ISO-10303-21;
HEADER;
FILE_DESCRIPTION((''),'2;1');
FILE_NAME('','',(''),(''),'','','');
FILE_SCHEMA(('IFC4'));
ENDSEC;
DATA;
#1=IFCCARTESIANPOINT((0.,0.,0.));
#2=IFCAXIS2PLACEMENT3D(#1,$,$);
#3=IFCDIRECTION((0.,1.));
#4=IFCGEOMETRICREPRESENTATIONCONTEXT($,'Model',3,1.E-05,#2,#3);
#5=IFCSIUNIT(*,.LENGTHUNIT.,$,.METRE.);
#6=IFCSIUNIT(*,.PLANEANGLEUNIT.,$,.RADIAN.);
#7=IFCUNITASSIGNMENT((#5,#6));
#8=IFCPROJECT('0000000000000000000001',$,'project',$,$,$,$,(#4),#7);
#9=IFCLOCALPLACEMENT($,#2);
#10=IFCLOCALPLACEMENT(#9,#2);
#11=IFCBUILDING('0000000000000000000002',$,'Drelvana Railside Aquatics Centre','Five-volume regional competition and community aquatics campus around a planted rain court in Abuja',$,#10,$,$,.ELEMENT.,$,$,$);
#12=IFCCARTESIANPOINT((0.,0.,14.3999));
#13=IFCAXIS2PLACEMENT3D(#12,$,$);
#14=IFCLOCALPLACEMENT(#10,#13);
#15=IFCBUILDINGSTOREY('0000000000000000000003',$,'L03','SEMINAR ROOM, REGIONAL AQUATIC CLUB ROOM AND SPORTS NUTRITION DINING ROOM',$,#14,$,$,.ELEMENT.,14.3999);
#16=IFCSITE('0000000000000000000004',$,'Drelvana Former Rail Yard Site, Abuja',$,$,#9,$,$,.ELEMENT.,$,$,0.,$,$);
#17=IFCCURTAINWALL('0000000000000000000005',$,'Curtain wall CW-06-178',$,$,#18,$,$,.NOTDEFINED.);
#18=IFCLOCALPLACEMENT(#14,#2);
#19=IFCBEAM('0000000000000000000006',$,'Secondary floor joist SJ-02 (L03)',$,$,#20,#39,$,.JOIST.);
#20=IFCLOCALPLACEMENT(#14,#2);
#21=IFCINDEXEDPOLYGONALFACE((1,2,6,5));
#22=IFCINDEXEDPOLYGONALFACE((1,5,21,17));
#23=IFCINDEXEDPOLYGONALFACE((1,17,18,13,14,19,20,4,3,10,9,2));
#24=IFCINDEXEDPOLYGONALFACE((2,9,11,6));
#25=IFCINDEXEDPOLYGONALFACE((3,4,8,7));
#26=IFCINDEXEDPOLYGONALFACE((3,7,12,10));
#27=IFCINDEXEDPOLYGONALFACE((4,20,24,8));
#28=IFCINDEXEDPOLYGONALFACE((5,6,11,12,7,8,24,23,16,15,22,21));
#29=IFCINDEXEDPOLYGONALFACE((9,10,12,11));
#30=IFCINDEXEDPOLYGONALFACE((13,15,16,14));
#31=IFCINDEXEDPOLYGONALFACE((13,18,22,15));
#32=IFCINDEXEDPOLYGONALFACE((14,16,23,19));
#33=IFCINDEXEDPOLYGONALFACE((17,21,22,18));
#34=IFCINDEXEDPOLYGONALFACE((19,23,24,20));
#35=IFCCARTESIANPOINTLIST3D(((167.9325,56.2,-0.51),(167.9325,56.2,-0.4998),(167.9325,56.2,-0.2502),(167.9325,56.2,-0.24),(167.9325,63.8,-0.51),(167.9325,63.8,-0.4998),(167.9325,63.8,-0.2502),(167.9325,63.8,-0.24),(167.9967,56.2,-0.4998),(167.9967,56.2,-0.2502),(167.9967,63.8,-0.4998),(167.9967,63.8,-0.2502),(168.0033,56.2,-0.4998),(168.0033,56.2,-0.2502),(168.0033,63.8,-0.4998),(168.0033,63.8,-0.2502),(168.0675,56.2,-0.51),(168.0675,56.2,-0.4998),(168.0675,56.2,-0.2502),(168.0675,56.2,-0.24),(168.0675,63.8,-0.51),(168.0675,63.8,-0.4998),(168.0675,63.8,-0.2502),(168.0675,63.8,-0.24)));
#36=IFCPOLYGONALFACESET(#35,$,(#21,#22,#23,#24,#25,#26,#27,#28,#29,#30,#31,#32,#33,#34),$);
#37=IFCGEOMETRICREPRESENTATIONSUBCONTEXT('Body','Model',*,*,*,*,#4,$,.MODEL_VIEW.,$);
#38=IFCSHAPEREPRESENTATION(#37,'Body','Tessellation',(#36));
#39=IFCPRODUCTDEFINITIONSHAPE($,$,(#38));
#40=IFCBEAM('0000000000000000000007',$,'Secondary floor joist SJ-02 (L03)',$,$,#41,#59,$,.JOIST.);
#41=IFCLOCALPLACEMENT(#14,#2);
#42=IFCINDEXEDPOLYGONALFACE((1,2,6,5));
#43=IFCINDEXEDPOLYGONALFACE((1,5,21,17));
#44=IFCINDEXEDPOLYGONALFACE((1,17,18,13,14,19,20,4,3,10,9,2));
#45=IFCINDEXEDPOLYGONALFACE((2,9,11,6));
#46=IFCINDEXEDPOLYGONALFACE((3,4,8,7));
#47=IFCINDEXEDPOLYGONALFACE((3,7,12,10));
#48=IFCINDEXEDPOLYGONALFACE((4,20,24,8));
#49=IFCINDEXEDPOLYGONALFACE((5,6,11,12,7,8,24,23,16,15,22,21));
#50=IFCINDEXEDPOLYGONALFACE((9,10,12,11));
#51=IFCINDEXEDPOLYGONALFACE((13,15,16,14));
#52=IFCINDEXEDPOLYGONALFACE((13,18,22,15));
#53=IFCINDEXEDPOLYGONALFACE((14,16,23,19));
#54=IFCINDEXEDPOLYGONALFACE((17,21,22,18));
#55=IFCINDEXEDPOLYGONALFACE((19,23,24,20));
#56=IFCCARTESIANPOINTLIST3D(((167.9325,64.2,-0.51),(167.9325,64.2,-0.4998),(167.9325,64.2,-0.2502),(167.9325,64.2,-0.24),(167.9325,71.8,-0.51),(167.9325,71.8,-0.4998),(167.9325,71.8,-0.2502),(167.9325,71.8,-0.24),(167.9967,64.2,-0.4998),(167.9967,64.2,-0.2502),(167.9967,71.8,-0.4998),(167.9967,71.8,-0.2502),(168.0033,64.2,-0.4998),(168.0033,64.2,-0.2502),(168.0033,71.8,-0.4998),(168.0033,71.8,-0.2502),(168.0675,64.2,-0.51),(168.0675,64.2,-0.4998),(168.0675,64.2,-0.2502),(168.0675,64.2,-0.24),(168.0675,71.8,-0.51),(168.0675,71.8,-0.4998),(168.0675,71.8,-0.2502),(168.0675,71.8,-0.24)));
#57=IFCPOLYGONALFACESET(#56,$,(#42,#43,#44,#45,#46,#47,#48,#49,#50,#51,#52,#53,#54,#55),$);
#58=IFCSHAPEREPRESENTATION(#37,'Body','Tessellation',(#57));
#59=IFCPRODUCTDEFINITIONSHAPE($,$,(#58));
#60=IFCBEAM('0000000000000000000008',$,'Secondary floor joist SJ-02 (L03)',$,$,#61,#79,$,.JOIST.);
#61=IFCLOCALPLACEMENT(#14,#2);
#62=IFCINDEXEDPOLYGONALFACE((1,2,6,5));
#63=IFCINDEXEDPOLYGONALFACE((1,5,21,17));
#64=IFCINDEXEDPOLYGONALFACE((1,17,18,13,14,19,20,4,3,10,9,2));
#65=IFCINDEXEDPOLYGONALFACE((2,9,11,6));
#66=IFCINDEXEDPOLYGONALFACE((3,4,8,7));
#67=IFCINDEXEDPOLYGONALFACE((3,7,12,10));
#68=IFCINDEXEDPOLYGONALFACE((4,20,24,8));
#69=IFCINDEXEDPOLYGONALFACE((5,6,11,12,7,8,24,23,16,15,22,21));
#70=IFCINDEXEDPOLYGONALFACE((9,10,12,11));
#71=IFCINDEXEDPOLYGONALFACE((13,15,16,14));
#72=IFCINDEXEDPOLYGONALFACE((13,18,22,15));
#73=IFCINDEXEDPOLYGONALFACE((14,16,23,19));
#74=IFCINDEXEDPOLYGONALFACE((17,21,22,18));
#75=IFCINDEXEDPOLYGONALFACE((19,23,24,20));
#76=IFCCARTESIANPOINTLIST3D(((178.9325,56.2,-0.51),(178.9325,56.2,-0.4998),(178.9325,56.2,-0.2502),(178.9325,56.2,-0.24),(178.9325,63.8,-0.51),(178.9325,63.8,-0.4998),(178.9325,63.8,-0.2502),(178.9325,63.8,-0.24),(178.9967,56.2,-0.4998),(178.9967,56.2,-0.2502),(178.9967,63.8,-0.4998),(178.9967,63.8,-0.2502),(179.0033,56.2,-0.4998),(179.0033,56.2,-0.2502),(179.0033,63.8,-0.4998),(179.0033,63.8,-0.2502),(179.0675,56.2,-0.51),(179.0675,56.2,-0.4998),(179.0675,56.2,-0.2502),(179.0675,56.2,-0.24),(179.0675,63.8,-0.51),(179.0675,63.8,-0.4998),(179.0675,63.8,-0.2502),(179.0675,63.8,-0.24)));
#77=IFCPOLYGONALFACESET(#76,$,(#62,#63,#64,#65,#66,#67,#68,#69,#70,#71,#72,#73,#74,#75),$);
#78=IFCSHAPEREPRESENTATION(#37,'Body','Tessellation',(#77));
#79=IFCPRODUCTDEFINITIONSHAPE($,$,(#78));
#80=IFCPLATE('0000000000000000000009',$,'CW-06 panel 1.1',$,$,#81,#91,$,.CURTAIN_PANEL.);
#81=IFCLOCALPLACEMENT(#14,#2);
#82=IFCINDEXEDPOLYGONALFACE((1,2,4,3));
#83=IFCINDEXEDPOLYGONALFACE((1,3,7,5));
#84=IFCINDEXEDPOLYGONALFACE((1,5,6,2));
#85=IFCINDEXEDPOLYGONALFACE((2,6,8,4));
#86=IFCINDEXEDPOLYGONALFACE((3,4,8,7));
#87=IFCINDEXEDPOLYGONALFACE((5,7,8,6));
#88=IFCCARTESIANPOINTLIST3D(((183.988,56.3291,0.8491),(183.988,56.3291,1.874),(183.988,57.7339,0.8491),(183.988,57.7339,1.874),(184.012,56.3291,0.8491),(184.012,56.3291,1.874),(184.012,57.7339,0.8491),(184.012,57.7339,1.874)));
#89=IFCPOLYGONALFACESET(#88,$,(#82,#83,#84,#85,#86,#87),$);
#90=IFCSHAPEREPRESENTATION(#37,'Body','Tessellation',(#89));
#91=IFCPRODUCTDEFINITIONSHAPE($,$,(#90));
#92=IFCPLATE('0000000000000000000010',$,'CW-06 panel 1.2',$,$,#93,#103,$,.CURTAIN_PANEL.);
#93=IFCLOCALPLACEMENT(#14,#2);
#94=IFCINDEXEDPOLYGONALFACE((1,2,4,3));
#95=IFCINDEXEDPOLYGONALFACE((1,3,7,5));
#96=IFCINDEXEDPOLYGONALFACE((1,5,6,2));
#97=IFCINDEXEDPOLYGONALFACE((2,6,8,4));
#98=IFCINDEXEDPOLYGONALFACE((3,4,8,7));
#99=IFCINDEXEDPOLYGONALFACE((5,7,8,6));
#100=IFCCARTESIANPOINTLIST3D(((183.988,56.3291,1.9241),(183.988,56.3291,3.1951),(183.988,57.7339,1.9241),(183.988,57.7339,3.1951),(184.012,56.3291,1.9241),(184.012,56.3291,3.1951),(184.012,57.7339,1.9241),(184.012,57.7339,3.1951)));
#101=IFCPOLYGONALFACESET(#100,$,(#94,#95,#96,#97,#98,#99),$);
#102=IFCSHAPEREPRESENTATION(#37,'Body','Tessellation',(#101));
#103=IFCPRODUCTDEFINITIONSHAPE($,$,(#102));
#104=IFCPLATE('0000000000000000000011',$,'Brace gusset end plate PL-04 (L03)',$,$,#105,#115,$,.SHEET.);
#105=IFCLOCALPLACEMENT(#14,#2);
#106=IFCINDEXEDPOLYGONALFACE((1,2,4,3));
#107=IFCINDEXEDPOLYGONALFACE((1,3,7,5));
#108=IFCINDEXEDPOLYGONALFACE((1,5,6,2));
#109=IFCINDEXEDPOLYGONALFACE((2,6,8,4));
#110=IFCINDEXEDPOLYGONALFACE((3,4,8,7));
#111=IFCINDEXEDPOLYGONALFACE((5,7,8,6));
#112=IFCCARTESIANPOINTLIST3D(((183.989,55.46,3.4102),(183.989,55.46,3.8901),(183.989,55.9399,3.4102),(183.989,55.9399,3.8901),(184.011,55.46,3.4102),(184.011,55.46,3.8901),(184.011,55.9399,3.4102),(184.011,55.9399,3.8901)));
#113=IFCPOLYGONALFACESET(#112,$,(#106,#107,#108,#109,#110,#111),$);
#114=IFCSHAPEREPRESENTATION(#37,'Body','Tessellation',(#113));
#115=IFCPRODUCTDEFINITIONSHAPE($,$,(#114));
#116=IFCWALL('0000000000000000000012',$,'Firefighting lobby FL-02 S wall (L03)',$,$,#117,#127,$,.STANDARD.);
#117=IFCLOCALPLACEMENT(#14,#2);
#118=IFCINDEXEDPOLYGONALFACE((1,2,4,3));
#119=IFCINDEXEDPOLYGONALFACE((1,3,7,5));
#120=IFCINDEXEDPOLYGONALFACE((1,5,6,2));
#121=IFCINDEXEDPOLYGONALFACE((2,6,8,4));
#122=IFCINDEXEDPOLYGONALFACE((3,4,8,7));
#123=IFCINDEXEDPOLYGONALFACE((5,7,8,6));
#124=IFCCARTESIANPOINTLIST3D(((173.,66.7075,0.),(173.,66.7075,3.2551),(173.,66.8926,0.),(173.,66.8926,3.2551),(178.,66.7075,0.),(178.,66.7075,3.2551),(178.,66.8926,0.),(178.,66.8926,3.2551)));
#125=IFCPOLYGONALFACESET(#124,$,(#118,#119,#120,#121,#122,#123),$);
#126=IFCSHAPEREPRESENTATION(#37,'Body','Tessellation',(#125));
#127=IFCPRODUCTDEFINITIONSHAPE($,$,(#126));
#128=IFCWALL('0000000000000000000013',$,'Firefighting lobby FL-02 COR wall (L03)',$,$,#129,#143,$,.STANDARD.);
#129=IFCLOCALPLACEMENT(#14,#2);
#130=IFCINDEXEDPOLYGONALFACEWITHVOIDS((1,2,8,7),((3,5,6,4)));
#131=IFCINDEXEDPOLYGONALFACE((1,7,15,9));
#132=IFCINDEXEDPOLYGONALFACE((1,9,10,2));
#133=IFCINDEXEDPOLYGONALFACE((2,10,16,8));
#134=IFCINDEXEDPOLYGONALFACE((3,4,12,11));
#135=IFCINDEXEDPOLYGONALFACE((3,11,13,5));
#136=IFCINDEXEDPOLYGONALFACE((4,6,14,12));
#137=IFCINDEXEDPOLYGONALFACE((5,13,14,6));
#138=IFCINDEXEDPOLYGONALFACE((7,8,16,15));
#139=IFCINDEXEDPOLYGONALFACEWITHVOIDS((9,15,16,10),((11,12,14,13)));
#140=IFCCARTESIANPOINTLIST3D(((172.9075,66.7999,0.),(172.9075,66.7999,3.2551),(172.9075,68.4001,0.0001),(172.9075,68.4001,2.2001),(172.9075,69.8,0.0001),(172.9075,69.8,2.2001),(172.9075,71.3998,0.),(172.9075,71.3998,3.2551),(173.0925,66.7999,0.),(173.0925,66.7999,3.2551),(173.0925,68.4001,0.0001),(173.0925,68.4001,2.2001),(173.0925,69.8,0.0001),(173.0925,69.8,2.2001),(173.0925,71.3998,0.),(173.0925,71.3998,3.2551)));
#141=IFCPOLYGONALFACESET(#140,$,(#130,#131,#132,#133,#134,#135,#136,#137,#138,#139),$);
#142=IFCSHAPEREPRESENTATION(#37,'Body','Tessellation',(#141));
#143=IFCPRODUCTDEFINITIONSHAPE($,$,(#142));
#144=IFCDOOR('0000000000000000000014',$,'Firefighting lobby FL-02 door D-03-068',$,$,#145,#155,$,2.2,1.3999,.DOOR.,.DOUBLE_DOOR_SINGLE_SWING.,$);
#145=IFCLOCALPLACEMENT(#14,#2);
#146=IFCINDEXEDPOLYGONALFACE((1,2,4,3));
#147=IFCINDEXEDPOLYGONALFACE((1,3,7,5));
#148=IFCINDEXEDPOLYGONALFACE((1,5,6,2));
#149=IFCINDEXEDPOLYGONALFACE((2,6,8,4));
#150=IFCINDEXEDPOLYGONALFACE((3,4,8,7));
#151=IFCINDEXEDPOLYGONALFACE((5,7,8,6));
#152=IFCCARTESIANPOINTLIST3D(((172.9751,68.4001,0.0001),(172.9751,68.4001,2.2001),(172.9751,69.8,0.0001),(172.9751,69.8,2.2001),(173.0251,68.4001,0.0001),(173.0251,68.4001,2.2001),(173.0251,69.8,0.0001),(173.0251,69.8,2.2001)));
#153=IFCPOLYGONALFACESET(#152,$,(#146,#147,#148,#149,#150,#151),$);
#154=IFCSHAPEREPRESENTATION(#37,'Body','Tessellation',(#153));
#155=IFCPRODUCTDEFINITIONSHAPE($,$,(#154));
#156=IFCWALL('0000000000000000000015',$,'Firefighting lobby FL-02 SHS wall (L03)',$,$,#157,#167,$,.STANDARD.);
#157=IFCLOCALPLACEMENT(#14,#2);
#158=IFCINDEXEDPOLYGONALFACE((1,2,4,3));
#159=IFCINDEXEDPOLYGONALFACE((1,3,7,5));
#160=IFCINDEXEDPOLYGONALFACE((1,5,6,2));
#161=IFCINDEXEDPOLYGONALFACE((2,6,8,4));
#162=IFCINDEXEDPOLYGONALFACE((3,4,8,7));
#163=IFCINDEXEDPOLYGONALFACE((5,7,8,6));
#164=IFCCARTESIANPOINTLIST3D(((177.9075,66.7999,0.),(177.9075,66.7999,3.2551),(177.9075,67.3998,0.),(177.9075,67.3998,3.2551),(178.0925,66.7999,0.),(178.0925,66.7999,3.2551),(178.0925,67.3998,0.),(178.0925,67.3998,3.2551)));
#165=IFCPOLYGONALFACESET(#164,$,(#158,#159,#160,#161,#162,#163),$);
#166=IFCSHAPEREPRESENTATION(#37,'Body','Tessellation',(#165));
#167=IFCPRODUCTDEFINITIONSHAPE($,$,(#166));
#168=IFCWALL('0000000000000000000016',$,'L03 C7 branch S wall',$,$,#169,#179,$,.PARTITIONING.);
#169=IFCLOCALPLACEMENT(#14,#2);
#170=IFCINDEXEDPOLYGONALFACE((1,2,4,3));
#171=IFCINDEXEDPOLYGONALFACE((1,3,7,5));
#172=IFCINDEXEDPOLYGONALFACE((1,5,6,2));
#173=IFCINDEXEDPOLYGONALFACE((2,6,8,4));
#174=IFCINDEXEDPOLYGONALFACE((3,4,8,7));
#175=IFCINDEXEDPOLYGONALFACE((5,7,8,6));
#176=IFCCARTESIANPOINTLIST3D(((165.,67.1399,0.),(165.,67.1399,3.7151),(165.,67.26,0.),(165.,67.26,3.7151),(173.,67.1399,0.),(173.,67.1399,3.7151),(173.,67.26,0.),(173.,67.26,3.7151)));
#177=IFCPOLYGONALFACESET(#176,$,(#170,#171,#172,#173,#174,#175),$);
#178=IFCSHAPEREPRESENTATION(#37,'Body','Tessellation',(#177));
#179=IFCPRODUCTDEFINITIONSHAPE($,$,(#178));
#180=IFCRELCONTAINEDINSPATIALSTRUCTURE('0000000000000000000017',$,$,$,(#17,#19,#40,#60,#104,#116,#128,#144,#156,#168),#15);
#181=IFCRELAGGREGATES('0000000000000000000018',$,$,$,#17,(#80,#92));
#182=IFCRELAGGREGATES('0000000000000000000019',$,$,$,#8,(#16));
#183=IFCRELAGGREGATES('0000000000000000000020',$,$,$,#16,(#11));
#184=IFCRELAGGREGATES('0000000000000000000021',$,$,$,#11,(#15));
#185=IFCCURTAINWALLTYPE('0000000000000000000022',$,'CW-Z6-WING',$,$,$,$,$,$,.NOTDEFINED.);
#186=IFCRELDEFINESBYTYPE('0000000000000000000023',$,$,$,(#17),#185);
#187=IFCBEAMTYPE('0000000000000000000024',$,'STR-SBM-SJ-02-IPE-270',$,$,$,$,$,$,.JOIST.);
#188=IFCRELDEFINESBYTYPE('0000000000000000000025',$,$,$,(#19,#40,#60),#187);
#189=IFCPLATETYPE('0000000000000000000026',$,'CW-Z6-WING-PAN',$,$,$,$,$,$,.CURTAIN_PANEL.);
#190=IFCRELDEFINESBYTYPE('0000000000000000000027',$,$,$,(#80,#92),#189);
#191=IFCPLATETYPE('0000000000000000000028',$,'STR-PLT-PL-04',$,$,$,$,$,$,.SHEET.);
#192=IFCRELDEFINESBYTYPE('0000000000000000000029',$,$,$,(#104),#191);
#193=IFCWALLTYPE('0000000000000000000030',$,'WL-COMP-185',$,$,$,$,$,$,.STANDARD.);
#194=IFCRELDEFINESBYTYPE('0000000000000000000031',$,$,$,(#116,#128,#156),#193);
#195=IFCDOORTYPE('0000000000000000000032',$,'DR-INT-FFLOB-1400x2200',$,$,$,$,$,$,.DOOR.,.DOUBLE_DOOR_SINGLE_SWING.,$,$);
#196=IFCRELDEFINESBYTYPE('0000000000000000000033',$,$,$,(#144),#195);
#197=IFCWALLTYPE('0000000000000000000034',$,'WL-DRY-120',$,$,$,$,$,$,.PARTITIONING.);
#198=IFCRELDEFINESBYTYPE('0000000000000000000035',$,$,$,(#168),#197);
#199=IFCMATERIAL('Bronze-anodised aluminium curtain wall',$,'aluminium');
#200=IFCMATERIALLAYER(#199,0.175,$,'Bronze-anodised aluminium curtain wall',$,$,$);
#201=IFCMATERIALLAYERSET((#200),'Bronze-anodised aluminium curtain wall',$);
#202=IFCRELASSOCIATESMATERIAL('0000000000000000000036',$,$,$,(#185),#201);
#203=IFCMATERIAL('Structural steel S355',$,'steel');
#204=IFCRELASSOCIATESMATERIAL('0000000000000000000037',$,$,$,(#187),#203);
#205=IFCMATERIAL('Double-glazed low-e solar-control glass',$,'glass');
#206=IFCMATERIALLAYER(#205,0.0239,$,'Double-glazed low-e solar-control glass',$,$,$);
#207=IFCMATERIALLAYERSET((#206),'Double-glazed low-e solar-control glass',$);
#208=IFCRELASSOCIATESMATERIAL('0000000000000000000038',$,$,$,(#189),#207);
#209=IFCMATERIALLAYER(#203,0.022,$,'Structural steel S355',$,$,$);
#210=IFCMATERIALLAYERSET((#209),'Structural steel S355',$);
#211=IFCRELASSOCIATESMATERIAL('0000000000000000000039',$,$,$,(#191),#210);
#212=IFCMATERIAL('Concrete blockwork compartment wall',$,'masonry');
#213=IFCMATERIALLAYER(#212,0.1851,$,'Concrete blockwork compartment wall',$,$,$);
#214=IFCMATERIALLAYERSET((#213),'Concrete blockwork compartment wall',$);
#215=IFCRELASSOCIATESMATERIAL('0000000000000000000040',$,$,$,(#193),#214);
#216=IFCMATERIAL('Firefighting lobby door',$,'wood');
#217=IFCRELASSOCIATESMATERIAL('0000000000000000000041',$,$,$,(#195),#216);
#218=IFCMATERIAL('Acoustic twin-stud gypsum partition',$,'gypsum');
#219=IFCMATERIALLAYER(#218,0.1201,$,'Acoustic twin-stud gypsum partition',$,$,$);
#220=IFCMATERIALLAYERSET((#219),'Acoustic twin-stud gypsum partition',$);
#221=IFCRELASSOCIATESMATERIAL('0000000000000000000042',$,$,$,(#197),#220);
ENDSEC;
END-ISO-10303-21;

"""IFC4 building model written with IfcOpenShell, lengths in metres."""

from ifc_helpers import new_model, si_unit, direction, frame, frame_2d, origin, origin_2d, place, context, subcontext, project, spatial, rectangle, i_section, extrude, material, layer, layer_set, material_profile, profile_set, type_object, element, fill, aggregate, save


model = new_model("IFC4")

# Units and contexts
model_context = context("Model", 3, precision=1e-05, world=origin(), true_north=direction((0.0, 1.0)))
body_context = subcontext(model_context, "Body", "Model", "MODEL_VIEW")
ifc_project = project(units=[si_unit("LENGTHUNIT", "METRE"), si_unit("PLANEANGLEUNIT", "RADIAN")], contexts=[model_context])

# Site, building, storey
site_placement = place(None, origin())
site = spatial("IfcSite", under=ifc_project, at=site_placement, Name="Drelvana Former Rail Yard Site, Abuja", CompositionType="ELEMENT", RefElevation=0.0)
building_placement = place(site_placement, origin())
building = spatial("IfcBuilding", under=site, at=building_placement, Name="Drelvana Railside Aquatics Centre", Description="Five-volume regional competition and community aquatics campus around a planted rain court in Abuja", CompositionType="ELEMENT")
storey_placement = place(building_placement, frame((0.0, 0.0, 14.3999)))
storey = spatial("IfcBuildingStorey", under=building, at=storey_placement, Name="L03", Description="SEMINAR ROOM, REGIONAL AQUATIC CLUB ROOM AND SPORTS NUTRITION DINING ROOM", CompositionType="ELEMENT", Elevation=14.3999)

# Curtain wall
ifc_material_1 = material(Name="Bronze-anodised aluminium curtain wall", Category="aluminium")
ifc_layer_1 = layer(ifc_material_1, 0.175, Name="Bronze-anodised aluminium curtain wall")
ifc_layer_set_1 = layer_set([ifc_layer_1], Name="Bronze-anodised aluminium curtain wall")
curtain_wall_type = type_object("IfcCurtainWallType", Name="CW-Z6-WING", PredefinedType="NOTDEFINED", material=ifc_layer_set_1)
curtain_wall_placement = place(storey_placement, origin())
curtain_wall = element("IfcCurtainWall", 1, at=curtain_wall_placement, inside=storey, type_object=curtain_wall_type, Name="Curtain wall CW-06-178", PredefinedType="NOTDEFINED")

# Beams
ifc_material_2 = material(Name="Structural steel S355", Category="steel")
ifc_material_profile_1 = material_profile(ifc_material_2, i_section(OverallWidth=0.135, OverallDepth=0.27, WebThickness=0.0066, FlangeThickness=0.0103, at=origin_2d()), Name="IPE 270")
ifc_profile_set_1 = profile_set([ifc_material_profile_1], Name="Structural steel S355")
beam_type_1 = type_object("IfcBeamType", Name="STR-SBM-SJ-02-IPE-270", PredefinedType="JOIST", material=ifc_profile_set_1)
for number, where, z_axis, x_axis, name in (
    (2, (168.0, 56.2, -0.375), (0.0, 1.0, 0.0), (-1.0, 0.0, 0.0), "Secondary floor joist SJ-02 (L03)"),
    (3, (168.0, 64.2, -0.375), (0.0, 1.0, 0.0), (-1.0, 0.0, 0.0), "Secondary floor joist SJ-02 (L03)"),
    (4, (179.0, 56.2, -0.375), (0.0, 1.0, 0.0), (-1.0, 0.0, 0.0), "Secondary floor joist SJ-02 (L03)"),
):
    element("IfcBeam", number, at=place(storey_placement, frame(where, z_axis=z_axis, x_axis=x_axis)), inside=storey, type_object=beam_type_1, Name=name, PredefinedType="JOIST", context=body_context, shape_type="SweptSolid", body=[
        extrude(i_section(OverallWidth=0.135, OverallDepth=0.27, WebThickness=0.0066, FlangeThickness=0.0103, at=origin_2d()), origin(), (0.0, 0.0, 1.0), 7.6001),
    ])

# Plates
ifc_material_3 = material(Name="Double-glazed low-e solar-control glass", Category="glass")
ifc_layer_2 = layer(ifc_material_3, 0.0239, Name="Double-glazed low-e solar-control glass")
ifc_layer_set_2 = layer_set([ifc_layer_2], Name="Double-glazed low-e solar-control glass")
plate_type_1 = type_object("IfcPlateType", Name="CW-Z6-WING-PAN", PredefinedType="CURTAIN_PANEL", material=ifc_layer_set_2)
plate_1_placement = place(storey_placement, frame((184.0, 57.0315, 0.8491), z_axis=(0.0, 0.0, 1.0), x_axis=(0.0, 1.0, 0.0)))
plate_1 = element("IfcPlate", 5, at=plate_1_placement, type_object=plate_type_1, Name="CW-06 panel 1.1", PredefinedType="CURTAIN_PANEL", context=body_context, shape_type="SweptSolid", body=[
    extrude(rectangle(XDim=1.4048, YDim=0.0239, at=origin_2d()), origin(), (0.0, 0.0, 1.0), 1.0249),
])
plate_2_placement = place(storey_placement, frame((184.0, 57.0315, 1.9241), z_axis=(0.0, 0.0, 1.0), x_axis=(0.0, 1.0, 0.0)))
plate_2 = element("IfcPlate", 6, at=plate_2_placement, type_object=plate_type_1, Name="CW-06 panel 1.2", PredefinedType="CURTAIN_PANEL", context=body_context, shape_type="SweptSolid", body=[
    extrude(rectangle(XDim=1.4048, YDim=0.0239, at=origin_2d()), origin(), (0.0, 0.0, 1.0), 1.271),
])
aggregate(curtain_wall, [plate_1, plate_2])
ifc_layer_3 = layer(ifc_material_2, 0.022, Name="Structural steel S355")
ifc_layer_set_3 = layer_set([ifc_layer_3], Name="Structural steel S355")
plate_type_2 = type_object("IfcPlateType", Name="STR-PLT-PL-04", PredefinedType="SHEET", material=ifc_layer_set_3)
plate_3_placement = place(storey_placement, frame((184.0, 55.7, 3.4102), z_axis=(0.0, 0.0, 1.0), x_axis=(1.0, 0.0, 0.0)))
element("IfcPlate", 7, at=plate_3_placement, inside=storey, type_object=plate_type_2, Name="Brace gusset end plate PL-04 (L03)", PredefinedType="SHEET", context=body_context, shape_type="SweptSolid", body=[
    extrude(rectangle(XDim=0.022, YDim=0.48, at=origin_2d()), origin(), (0.0, 0.0, 1.0), 0.48),
])

# Wall
ifc_material_4 = material(Name="Concrete blockwork compartment wall", Category="masonry")
ifc_layer_4 = layer(ifc_material_4, 0.1851, Name="Concrete blockwork compartment wall")
ifc_layer_set_4 = layer_set([ifc_layer_4], Name="Concrete blockwork compartment wall")
wall_type_1 = type_object("IfcWallType", Name="WL-COMP-185", PredefinedType="STANDARD", material=ifc_layer_set_4)
wall_1_placement = place(storey_placement, frame((178.0, 66.8, 0.0), z_axis=(0.0, 0.0, 1.0), x_axis=(-1.0, 0.0, 0.0)))
element("IfcWall", 8, at=wall_1_placement, inside=storey, type_object=wall_type_1, Name="Firefighting lobby FL-02 S wall (L03)", PredefinedType="STANDARD", context=body_context, shape_type="SweptSolid", body=[
    extrude(rectangle(XDim=5.0, YDim=0.1851, at=frame_2d((2.5, 0.0))), origin(), (0.0, 0.0, 1.0), 3.2551),
])

# Wall, opening, door
wall_2_placement = place(storey_placement, frame((173.0, 66.8, 0.0), z_axis=(0.0, 0.0, 1.0), x_axis=(0.0, 1.0, 0.0)))
wall_2 = element("IfcWall", 9, at=wall_2_placement, inside=storey, type_object=wall_type_1, Name="Firefighting lobby FL-02 COR wall (L03)", PredefinedType="STANDARD", context=body_context, shape_type="SweptSolid", body=[
    extrude(rectangle(XDim=4.5999, YDim=0.1851, at=frame_2d((2.2998, 0.0))), origin(), (0.0, 0.0, 1.0), 3.2551),
])
opening_1_placement = place(wall_2_placement, frame((1.6001, 0.0, 0.0)))
opening_1 = element("IfcOpeningElement", 10, at=opening_1_placement, cuts=wall_2, PredefinedType="OPENING", context=body_context, shape_type="SweptSolid", body=[
    extrude(rectangle(XDim=1.3999, YDim=2.2, at=frame_2d((0.7, 1.1001))), frame((0.0, 0.1025, 0.0), z_axis=(0.0, -1.0, 0.0), x_axis=(1.0, 0.0, 0.0)), (0.0, 0.0, 1.0), 0.2051),
])
ifc_material_5 = material(Name="Firefighting lobby door", Category="wood")
door_type_1 = type_object("IfcDoorType", Name="DR-INT-FFLOB-1400x2200", OperationType="DOUBLE_DOOR_SINGLE_SWING", PredefinedType="DOOR", material=ifc_material_5)
door_1_placement = place(opening_1_placement, origin())
door_1 = element("IfcDoor", 11, at=door_1_placement, inside=storey, type_object=door_type_1, Name="Firefighting lobby FL-02 door D-03-068", OperationType="DOUBLE_DOOR_SINGLE_SWING", OverallHeight=2.2, OverallWidth=1.3999, PredefinedType="DOOR", context=body_context, shape_type="SweptSolid", body=[
    extrude(rectangle(XDim=1.3999, YDim=2.2, at=frame_2d((0.7, 1.1001))), frame((0.0, 0.0249, 0.0), z_axis=(0.0, -1.0, 0.0), x_axis=(1.0, 0.0, 0.0)), (0.0, 0.0, 1.0), 0.05),
])
fill(opening_1, door_1)

# Walls
wall_3_placement = place(storey_placement, frame((178.0, 66.8, 0.0), z_axis=(0.0, 0.0, 1.0), x_axis=(0.0, 1.0, 0.0)))
element("IfcWall", 12, at=wall_3_placement, inside=storey, type_object=wall_type_1, Name="Firefighting lobby FL-02 SHS wall (L03)", PredefinedType="STANDARD", context=body_context, shape_type="SweptSolid", body=[
    extrude(rectangle(XDim=0.5999, YDim=0.1851, at=frame_2d((0.2998, 0.0))), origin(), (0.0, 0.0, 1.0), 3.2551),
])
ifc_material_6 = material(Name="Acoustic twin-stud gypsum partition", Category="gypsum")
ifc_layer_5 = layer(ifc_material_6, 0.1201, Name="Acoustic twin-stud gypsum partition")
ifc_layer_set_5 = layer_set([ifc_layer_5], Name="Acoustic twin-stud gypsum partition")
wall_type_2 = type_object("IfcWallType", Name="WL-DRY-120", PredefinedType="PARTITIONING", material=ifc_layer_set_5)
wall_4_placement = place(storey_placement, frame((165.0, 67.2, 0.0), z_axis=(0.0, 0.0, 1.0), x_axis=(1.0, 0.0, 0.0)))
element("IfcWall", 13, at=wall_4_placement, inside=storey, type_object=wall_type_2, Name="L03 C7 branch S wall", PredefinedType="PARTITIONING", context=body_context, shape_type="SweptSolid", body=[
    extrude(rectangle(XDim=8.0, YDim=0.1201, at=frame_2d((4.0, 0.0))), origin(), (0.0, 0.0, 1.0), 3.7151),
])

save(model, "model.ifc")
